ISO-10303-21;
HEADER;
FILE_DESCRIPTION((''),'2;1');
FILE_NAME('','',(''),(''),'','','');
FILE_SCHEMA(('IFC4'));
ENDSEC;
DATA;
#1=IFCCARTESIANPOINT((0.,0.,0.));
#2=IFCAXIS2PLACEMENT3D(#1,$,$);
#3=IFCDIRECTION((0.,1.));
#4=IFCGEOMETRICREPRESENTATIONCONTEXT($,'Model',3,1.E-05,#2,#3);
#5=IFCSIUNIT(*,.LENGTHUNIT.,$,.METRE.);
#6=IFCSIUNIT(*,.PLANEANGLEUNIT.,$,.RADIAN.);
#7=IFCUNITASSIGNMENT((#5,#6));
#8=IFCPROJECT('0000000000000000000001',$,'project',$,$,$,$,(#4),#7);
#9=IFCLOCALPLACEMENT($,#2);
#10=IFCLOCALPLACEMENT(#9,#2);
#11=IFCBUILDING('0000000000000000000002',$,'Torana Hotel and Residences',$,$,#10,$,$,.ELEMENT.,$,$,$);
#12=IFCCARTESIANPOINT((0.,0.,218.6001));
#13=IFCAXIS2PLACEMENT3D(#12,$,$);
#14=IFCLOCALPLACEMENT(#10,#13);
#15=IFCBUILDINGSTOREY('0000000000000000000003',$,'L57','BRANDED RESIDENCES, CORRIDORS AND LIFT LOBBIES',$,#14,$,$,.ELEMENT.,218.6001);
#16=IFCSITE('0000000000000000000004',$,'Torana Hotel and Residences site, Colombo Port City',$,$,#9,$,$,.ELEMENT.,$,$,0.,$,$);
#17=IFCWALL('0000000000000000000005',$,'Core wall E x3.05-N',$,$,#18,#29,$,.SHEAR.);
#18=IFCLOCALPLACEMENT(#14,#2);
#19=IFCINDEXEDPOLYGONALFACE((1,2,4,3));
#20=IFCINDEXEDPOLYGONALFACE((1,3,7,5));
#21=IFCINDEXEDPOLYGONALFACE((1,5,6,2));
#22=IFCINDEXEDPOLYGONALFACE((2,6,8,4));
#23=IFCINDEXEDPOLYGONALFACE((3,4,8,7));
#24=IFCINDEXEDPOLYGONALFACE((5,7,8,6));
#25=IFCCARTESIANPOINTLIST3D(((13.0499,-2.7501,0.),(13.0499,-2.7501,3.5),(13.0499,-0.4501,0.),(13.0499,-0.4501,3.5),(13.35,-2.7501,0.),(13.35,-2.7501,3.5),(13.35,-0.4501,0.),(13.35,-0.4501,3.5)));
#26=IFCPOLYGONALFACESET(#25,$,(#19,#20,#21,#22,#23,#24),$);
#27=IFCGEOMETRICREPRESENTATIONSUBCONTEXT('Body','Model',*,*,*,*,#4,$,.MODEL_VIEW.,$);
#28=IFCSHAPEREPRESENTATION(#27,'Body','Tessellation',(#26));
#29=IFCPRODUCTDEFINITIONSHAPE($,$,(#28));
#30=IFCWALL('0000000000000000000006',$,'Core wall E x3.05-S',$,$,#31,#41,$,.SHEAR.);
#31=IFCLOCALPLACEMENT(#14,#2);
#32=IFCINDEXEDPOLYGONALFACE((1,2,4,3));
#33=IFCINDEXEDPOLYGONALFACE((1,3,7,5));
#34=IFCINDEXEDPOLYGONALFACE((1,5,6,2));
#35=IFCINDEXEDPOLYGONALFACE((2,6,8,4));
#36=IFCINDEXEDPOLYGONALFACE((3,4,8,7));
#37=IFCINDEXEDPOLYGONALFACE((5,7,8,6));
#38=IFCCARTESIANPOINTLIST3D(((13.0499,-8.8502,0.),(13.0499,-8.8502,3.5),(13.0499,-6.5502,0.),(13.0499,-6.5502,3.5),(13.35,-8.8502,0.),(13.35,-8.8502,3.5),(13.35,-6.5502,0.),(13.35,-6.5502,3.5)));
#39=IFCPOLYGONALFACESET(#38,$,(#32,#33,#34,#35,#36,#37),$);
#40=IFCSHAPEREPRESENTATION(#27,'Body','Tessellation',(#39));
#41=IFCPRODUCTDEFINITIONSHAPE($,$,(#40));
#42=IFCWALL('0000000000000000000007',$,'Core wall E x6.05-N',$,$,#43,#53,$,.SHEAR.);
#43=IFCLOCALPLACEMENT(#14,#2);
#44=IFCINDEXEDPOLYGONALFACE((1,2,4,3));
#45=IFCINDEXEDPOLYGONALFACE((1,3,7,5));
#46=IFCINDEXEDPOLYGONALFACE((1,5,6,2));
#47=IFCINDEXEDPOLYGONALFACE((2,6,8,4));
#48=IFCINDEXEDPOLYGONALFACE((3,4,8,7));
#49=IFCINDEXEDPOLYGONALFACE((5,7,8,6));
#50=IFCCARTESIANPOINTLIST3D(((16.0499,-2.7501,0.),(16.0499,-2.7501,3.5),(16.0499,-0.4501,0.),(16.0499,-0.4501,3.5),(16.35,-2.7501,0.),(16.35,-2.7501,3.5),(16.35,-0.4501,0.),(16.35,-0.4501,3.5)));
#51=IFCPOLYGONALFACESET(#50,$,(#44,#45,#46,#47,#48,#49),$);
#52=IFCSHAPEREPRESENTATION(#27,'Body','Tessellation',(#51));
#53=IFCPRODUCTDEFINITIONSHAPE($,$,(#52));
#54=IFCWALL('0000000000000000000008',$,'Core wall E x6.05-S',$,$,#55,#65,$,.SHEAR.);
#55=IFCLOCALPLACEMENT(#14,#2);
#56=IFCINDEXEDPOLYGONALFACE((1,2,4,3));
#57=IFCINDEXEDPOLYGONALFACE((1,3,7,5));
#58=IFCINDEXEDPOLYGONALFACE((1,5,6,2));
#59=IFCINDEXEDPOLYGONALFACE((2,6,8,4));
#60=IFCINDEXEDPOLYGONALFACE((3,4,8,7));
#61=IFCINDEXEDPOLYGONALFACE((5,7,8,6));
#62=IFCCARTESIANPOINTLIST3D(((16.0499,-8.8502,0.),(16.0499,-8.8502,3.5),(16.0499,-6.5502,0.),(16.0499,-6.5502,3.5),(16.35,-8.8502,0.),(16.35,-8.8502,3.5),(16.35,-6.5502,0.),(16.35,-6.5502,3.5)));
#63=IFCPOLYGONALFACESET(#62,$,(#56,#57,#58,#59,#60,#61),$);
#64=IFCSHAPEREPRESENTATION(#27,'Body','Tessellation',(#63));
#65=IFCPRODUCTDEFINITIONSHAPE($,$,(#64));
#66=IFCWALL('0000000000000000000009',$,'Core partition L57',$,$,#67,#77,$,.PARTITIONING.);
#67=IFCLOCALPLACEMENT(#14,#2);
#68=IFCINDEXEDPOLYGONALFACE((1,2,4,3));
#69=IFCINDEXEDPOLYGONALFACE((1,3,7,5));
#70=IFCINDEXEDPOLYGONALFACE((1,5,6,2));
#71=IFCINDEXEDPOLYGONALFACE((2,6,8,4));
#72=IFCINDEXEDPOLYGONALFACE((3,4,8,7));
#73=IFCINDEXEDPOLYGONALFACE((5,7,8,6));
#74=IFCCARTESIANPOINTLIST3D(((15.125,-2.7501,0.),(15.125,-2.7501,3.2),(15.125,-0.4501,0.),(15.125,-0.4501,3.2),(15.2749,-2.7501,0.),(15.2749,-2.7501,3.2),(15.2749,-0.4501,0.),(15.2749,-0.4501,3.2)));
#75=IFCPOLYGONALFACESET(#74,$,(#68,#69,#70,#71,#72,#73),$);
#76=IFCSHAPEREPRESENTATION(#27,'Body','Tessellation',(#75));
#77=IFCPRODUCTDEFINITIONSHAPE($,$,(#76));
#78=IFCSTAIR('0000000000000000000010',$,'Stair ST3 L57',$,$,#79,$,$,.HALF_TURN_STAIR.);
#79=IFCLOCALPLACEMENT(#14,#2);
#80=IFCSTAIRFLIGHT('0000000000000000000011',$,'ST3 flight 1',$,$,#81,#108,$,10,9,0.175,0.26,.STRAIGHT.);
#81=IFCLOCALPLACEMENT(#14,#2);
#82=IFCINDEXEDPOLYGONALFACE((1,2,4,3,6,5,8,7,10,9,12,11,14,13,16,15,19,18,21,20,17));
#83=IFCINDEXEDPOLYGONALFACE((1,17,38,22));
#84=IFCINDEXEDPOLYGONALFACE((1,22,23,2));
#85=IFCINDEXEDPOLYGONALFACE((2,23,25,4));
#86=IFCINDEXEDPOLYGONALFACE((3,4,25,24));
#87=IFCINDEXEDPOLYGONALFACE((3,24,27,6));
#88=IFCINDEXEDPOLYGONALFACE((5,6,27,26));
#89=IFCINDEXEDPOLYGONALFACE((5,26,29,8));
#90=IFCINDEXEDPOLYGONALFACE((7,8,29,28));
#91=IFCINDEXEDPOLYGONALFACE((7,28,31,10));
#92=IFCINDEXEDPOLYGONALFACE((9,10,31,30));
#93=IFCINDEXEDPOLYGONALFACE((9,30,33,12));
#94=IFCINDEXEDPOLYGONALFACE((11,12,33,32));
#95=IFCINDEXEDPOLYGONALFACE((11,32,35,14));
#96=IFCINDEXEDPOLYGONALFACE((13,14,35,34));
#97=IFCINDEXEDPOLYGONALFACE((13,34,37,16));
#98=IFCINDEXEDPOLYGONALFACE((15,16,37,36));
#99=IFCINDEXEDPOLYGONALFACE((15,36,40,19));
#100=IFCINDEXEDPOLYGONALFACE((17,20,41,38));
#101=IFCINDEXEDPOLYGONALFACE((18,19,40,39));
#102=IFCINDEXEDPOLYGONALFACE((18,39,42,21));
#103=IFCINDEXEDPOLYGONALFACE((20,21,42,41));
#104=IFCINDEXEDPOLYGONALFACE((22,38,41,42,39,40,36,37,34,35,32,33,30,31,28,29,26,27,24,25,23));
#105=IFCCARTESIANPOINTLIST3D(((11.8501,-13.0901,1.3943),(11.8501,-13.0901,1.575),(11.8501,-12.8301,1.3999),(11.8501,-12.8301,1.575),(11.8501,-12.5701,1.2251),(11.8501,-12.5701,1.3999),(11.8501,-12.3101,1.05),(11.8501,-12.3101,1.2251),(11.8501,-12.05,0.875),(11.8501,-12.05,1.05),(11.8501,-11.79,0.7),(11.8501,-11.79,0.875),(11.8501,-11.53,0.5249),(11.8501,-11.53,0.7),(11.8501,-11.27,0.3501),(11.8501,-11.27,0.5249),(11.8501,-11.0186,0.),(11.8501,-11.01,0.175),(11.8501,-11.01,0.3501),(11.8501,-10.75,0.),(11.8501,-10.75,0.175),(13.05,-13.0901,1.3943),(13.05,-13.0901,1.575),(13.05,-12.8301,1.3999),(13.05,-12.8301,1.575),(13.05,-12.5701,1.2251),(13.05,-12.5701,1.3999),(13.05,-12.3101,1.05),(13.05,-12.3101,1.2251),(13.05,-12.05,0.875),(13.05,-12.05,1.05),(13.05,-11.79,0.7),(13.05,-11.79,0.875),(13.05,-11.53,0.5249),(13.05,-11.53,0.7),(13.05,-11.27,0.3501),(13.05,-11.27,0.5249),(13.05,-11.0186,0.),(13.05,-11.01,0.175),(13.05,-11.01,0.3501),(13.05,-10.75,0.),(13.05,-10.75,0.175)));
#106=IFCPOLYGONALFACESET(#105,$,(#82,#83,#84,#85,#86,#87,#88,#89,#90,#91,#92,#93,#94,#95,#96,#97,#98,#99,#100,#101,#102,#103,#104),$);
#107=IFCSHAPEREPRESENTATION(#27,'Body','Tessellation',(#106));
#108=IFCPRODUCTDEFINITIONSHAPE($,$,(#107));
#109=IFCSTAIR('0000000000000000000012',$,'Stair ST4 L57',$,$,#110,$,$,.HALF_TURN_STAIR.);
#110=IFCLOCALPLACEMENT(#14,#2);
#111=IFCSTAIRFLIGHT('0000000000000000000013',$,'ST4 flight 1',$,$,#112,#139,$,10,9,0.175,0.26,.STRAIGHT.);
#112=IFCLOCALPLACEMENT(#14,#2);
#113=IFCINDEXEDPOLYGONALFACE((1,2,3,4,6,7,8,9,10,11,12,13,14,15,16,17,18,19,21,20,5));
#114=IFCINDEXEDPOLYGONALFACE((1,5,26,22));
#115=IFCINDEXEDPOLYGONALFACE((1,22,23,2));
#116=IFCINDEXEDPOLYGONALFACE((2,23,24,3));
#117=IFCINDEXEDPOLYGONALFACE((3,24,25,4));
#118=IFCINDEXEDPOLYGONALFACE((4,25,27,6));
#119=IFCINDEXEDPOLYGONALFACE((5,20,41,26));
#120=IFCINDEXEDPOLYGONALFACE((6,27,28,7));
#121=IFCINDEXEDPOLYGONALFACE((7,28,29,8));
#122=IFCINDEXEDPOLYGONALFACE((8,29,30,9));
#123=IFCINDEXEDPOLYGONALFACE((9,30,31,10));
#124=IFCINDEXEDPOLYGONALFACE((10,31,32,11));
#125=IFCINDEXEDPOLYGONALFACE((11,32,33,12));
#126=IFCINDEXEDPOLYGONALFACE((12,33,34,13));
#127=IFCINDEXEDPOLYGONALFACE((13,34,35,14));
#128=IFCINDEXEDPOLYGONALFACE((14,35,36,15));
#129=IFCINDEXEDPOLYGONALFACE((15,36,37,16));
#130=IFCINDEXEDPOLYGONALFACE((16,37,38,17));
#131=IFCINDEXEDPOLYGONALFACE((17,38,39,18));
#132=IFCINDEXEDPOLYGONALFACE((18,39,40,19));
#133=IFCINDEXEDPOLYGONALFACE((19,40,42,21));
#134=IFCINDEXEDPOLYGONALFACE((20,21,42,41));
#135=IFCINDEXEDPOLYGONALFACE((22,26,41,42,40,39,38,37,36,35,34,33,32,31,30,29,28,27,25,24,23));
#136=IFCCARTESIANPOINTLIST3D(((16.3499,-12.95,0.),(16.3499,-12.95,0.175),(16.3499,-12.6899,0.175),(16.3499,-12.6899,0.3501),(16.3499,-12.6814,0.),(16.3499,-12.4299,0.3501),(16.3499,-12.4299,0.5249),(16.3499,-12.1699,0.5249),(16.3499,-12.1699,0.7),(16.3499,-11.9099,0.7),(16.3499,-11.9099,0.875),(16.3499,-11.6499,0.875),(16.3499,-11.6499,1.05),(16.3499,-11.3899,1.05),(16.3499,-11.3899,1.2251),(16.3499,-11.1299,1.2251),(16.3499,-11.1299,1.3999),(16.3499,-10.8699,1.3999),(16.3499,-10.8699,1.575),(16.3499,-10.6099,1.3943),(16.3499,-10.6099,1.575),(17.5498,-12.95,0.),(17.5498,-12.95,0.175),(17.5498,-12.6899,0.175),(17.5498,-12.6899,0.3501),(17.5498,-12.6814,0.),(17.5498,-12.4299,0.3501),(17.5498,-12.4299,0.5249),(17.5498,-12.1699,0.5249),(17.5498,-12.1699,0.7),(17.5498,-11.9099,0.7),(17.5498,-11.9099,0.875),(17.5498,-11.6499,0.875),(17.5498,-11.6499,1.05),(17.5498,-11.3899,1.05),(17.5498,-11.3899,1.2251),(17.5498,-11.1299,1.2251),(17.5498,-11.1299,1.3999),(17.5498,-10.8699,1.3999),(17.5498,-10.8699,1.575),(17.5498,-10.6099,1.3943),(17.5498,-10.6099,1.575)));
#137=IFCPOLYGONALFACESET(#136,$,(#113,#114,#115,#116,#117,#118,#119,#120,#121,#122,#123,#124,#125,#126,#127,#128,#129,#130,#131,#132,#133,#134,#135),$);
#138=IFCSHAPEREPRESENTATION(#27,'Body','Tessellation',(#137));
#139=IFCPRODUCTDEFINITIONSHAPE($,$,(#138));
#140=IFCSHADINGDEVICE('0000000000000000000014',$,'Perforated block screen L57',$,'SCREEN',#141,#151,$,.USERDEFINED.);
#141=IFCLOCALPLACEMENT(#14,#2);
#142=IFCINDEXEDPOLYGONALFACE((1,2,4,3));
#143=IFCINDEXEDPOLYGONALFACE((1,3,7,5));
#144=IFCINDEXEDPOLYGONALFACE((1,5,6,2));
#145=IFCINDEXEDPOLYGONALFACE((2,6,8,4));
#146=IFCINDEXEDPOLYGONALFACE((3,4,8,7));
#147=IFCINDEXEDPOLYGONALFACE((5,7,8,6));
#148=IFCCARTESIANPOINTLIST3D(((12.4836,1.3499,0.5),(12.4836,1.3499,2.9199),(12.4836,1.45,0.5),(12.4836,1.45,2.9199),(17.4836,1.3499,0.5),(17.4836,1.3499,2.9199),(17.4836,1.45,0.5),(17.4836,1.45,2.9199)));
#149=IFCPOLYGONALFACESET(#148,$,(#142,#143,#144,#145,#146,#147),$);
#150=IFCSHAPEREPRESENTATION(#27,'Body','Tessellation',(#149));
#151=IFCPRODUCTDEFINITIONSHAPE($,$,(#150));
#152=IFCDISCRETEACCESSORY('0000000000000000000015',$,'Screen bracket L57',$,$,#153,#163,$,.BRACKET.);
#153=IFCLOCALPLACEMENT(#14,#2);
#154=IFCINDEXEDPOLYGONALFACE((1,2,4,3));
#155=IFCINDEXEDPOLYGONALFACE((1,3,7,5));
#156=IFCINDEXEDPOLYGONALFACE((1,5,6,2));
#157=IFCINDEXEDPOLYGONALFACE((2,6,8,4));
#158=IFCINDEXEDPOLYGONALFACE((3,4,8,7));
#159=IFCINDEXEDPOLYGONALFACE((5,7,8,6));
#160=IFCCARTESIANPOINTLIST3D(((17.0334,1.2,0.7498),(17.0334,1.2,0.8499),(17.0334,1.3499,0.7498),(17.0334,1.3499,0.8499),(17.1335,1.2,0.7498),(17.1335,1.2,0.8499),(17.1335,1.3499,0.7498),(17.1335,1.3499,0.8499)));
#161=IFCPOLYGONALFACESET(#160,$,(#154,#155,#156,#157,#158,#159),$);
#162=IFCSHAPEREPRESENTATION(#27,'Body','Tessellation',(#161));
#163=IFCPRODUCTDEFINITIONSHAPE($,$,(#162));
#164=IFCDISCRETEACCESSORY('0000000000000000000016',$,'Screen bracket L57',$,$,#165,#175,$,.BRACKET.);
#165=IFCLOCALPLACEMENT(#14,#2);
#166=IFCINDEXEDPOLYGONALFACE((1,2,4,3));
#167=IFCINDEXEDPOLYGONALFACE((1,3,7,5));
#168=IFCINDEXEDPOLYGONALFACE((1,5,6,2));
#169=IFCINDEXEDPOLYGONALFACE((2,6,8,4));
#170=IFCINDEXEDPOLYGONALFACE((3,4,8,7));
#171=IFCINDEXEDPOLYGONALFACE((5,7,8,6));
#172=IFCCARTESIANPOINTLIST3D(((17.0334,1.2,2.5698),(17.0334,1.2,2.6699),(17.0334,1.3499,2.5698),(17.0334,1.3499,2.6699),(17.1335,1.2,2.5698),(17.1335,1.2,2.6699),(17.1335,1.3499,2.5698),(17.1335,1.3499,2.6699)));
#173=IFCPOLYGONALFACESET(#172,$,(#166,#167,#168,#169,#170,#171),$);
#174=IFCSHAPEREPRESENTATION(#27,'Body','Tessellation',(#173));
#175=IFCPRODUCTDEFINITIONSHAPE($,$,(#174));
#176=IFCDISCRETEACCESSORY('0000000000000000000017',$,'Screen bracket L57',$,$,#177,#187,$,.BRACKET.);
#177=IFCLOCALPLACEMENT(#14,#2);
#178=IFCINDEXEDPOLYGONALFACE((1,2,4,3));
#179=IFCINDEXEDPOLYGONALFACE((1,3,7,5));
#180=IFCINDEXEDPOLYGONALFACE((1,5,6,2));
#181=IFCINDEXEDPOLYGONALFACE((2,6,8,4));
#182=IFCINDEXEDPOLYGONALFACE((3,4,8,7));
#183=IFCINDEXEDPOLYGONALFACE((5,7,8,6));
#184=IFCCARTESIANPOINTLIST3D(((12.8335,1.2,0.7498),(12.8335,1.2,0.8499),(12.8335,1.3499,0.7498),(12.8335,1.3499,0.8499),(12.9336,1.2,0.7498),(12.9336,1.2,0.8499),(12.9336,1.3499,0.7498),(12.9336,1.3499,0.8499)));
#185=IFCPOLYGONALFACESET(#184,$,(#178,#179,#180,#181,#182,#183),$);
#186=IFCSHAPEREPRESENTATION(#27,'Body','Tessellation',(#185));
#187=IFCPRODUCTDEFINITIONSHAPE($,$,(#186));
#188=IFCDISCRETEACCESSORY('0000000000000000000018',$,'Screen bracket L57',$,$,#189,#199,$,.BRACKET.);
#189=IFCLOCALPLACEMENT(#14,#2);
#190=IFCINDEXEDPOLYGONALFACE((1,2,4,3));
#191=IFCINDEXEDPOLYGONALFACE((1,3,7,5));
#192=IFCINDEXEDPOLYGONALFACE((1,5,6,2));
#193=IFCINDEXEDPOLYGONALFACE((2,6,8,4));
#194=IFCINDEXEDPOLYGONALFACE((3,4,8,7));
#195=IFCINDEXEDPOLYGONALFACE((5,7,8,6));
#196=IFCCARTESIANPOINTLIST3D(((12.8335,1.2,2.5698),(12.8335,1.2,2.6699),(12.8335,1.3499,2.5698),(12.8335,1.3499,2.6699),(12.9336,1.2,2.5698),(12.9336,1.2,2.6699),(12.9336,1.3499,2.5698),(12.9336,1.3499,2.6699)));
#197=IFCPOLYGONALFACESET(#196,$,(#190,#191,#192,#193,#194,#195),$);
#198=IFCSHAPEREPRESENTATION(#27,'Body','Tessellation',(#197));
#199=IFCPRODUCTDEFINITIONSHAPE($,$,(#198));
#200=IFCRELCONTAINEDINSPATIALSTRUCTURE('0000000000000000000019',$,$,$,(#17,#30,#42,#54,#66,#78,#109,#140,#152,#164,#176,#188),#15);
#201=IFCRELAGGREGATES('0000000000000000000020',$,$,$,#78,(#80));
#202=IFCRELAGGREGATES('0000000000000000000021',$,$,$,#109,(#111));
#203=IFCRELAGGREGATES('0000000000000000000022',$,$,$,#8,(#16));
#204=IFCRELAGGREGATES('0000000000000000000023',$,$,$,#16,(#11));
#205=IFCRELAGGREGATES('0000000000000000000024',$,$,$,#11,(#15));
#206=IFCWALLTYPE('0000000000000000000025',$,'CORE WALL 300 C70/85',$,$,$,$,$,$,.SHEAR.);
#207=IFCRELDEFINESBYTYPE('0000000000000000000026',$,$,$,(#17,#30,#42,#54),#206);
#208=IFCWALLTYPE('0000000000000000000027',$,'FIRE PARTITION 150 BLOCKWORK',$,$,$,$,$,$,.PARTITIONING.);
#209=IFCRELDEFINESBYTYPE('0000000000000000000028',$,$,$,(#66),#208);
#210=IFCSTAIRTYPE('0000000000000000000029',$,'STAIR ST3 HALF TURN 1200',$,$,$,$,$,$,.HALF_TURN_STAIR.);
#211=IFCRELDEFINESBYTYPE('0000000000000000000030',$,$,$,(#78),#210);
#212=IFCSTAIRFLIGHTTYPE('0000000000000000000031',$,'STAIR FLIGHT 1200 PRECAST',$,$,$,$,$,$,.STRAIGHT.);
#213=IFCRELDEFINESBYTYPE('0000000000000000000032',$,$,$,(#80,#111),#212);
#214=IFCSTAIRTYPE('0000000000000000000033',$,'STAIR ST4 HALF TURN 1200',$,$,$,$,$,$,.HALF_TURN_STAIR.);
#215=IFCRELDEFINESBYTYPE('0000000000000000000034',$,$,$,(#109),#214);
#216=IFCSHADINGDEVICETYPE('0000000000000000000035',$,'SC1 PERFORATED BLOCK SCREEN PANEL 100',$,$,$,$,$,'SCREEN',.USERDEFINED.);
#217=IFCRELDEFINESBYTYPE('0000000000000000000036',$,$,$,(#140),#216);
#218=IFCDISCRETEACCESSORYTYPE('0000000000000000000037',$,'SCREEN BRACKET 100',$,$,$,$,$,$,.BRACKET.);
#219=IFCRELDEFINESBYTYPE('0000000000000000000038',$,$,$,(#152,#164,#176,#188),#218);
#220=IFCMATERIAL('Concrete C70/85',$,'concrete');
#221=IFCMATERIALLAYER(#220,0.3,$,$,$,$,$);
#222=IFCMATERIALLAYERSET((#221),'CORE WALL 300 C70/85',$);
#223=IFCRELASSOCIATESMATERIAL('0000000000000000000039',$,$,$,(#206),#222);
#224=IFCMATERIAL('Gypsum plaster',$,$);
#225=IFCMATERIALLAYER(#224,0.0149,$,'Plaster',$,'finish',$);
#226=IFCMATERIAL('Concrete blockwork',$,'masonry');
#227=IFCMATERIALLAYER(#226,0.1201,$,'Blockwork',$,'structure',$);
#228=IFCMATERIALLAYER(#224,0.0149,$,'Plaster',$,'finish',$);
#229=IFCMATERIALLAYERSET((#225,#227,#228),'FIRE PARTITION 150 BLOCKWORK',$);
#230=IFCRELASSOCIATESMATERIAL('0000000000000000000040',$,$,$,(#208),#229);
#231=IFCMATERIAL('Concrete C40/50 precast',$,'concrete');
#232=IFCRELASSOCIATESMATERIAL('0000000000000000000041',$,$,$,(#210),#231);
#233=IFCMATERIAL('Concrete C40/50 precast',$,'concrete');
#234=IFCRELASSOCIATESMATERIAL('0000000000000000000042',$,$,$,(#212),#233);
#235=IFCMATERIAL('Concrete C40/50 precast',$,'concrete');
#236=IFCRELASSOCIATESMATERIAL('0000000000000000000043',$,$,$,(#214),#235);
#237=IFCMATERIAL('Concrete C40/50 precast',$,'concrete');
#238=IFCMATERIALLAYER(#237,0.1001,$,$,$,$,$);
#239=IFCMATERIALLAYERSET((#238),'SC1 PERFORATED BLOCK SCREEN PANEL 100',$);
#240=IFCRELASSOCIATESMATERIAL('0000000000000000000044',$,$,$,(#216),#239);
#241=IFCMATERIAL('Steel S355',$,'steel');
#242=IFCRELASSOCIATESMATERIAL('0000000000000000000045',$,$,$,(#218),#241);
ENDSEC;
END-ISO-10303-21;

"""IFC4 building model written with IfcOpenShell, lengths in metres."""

from ifc_helpers import new_model, si_unit, direction, frame, frame_2d, origin, origin_2d, place, context, subcontext, project, spatial, polyline, rectangle, outline, extrude, material, layer, layer_set, type_object, element, aggregate, save


model = new_model("IFC4")

# Units and contexts
model_context = context("Model", 3, precision=1e-05, world=origin(), true_north=direction((0.0, 1.0)))
body_context = subcontext(model_context, "Body", "Model", "MODEL_VIEW")
ifc_project = project(units=[si_unit("LENGTHUNIT", "METRE"), si_unit("PLANEANGLEUNIT", "RADIAN")], contexts=[model_context])

# Site, building, storey
site_placement = place(None, origin())
site = spatial("IfcSite", under=ifc_project, at=site_placement, Name="Torana Hotel and Residences site, Colombo Port City", CompositionType="ELEMENT", RefElevation=0.0)
building_placement = place(site_placement, origin())
building = spatial("IfcBuilding", under=site, at=building_placement, Name="Torana Hotel and Residences", CompositionType="ELEMENT")
storey_placement = place(building_placement, frame((0.0, 0.0, 218.6001)))
storey = spatial("IfcBuildingStorey", under=building, at=storey_placement, Name="L57", Description="BRANDED RESIDENCES, CORRIDORS AND LIFT LOBBIES", CompositionType="ELEMENT", Elevation=218.6001)

# Walls
ifc_material_1 = material(Name="Concrete C70/85", Category="concrete")
ifc_layer_1 = layer(ifc_material_1, 0.3)
ifc_layer_set_1 = layer_set([ifc_layer_1], Name="CORE WALL 300 C70/85")
wall_type_1 = type_object("IfcWallType", Name="CORE WALL 300 C70/85", PredefinedType="SHEAR", material=ifc_layer_set_1)
for number, where, z_axis, x_axis, name in (
    (1, (13.2, -2.75, 0.0), (0.0, 0.0, 1.0), (0.0, 1.0, 0.0), "Core wall E x3.05-N"),
    (2, (13.2, -8.8501, 0.0), (0.0, 0.0, 1.0), (0.0, 1.0, 0.0), "Core wall E x3.05-S"),
    (3, (16.2, -2.75, 0.0), (0.0, 0.0, 1.0), (0.0, 1.0, 0.0), "Core wall E x6.05-N"),
    (4, (16.2, -8.8501, 0.0), (0.0, 0.0, 1.0), (0.0, 1.0, 0.0), "Core wall E x6.05-S"),
):
    element("IfcWall", number, at=place(storey_placement, frame(where, z_axis=z_axis, x_axis=x_axis)), inside=storey, type_object=wall_type_1, Name=name, PredefinedType="SHEAR", context=body_context, shape_type="SweptSolid", body=[
        extrude(rectangle(XDim=2.3, YDim=0.3, at=frame_2d((1.1499, 0.0))), origin(), (0.0, 0.0, 1.0), 3.5),
    ])
ifc_material_2 = material(Name="Gypsum plaster")
ifc_layer_2 = layer(ifc_material_2, 0.0149, Name="Plaster", Category="finish")
ifc_material_3 = material(Name="Concrete blockwork", Category="masonry")
ifc_layer_3 = layer(ifc_material_3, 0.1201, Name="Blockwork", Category="structure")
ifc_layer_4 = layer(ifc_material_2, 0.0149, Name="Plaster", Category="finish")
ifc_layer_set_2 = layer_set([ifc_layer_2, ifc_layer_3, ifc_layer_4], Name="FIRE PARTITION 150 BLOCKWORK")
wall_type_2 = type_object("IfcWallType", Name="FIRE PARTITION 150 BLOCKWORK", PredefinedType="PARTITIONING", material=ifc_layer_set_2)
wall_placement = place(storey_placement, frame((15.2, -2.75, 0.0), z_axis=(0.0, 0.0, 1.0), x_axis=(0.0, 1.0, 0.0)))
element("IfcWall", 5, at=wall_placement, inside=storey, type_object=wall_type_2, Name="Core partition L57", PredefinedType="PARTITIONING", context=body_context, shape_type="SweptSolid", body=[
    extrude(rectangle(XDim=2.3, YDim=0.1499, at=frame_2d((1.1499, 0.0))), origin(), (0.0, 0.0, 1.0), 3.2),
])

# Stairs, stair flights
ifc_material_4 = material(Name="Concrete C40/50 precast", Category="concrete")
stair_type_1 = type_object("IfcStairType", Name="STAIR ST3 HALF TURN 1200", PredefinedType="HALF_TURN_STAIR", material=ifc_material_4)
stair_1_placement = place(storey_placement, origin())
stair_1 = element("IfcStair", 6, at=stair_1_placement, inside=storey, type_object=stair_type_1, Name="Stair ST3 L57", PredefinedType="HALF_TURN_STAIR")
ifc_material_5 = material(Name="Concrete C40/50 precast", Category="concrete")
stair_flight_type = type_object("IfcStairFlightType", Name="STAIR FLIGHT 1200 PRECAST", PredefinedType="STRAIGHT", material=ifc_material_5)
stair_flight_1_placement = place(storey_placement, frame((12.45, -10.75, 0.0), z_axis=(0.0, 0.0, 1.0), x_axis=(0.0, -1.0, 0.0)))
stair_flight_1 = element("IfcStairFlight", 7, at=stair_flight_1_placement, type_object=stair_flight_type, Name="ST3 flight 1", NumberOfRisers=10, NumberOfTreads=9, PredefinedType="STRAIGHT", RiserHeight=0.175, TreadLength=0.26, context=body_context, shape_type="SweptSolid", body=[
    extrude(outline(polyline([(0.0, 0.0), (0.0, 0.175), (0.26, 0.175), (0.26, 0.3501), (0.52, 0.3501), (0.52, 0.5249), (0.78, 0.5249), (0.78, 0.7), (1.04, 0.7), (1.04, 0.875), (1.3, 0.875), (1.3, 1.05), (1.5601, 1.05), (1.5601, 1.2251), (1.8201, 1.2251), (1.8201, 1.3999), (2.0801, 1.3999), (2.0801, 1.575), (2.3401, 1.575), (2.3401, 1.75), (2.3401, 1.3943), (0.2686, 0.0), (0.0, 0.0)])), frame((0.0, 0.6001, 0.0), z_axis=(0.0, -1.0, 0.0), x_axis=(1.0, 0.0, 0.0)), (0.0, 0.0, 1.0), 1.2),
])
aggregate(stair_1, [stair_flight_1])
ifc_material_6 = material(Name="Concrete C40/50 precast", Category="concrete")
stair_type_2 = type_object("IfcStairType", Name="STAIR ST4 HALF TURN 1200", PredefinedType="HALF_TURN_STAIR", material=ifc_material_6)
stair_2_placement = place(storey_placement, origin())
stair_2 = element("IfcStair", 8, at=stair_2_placement, inside=storey, type_object=stair_type_2, Name="Stair ST4 L57", PredefinedType="HALF_TURN_STAIR")
stair_flight_2_placement = place(storey_placement, frame((16.95, -12.95, 0.0), z_axis=(0.0, 0.0, 1.0), x_axis=(0.0, 1.0, 0.0)))
stair_flight_2 = element("IfcStairFlight", 9, at=stair_flight_2_placement, type_object=stair_flight_type, Name="ST4 flight 1", NumberOfRisers=10, NumberOfTreads=9, PredefinedType="STRAIGHT", RiserHeight=0.175, TreadLength=0.26, context=body_context, shape_type="SweptSolid", body=[
    extrude(outline(polyline([(0.0, 0.0), (0.0, 0.175), (0.26, 0.175), (0.26, 0.3501), (0.52, 0.3501), (0.52, 0.5249), (0.78, 0.5249), (0.78, 0.7), (1.04, 0.7), (1.04, 0.875), (1.3, 0.875), (1.3, 1.05), (1.5601, 1.05), (1.5601, 1.2251), (1.8201, 1.2251), (1.8201, 1.3999), (2.0801, 1.3999), (2.0801, 1.575), (2.3401, 1.575), (2.3401, 1.75), (2.3401, 1.3943), (0.2686, 0.0), (0.0, 0.0)])), frame((0.0, 0.6001, 0.0), z_axis=(0.0, -1.0, 0.0), x_axis=(1.0, 0.0, 0.0)), (0.0, 0.0, 1.0), 1.2),
])
aggregate(stair_2, [stair_flight_2])

# Shading device
ifc_material_7 = material(Name="Concrete C40/50 precast", Category="concrete")
ifc_layer_5 = layer(ifc_material_7, 0.1001)
ifc_layer_set_3 = layer_set([ifc_layer_5], Name="SC1 PERFORATED BLOCK SCREEN PANEL 100")
shading_device_type = type_object("IfcShadingDeviceType", Name="SC1 PERFORATED BLOCK SCREEN PANEL 100", ElementType="SCREEN", PredefinedType="USERDEFINED", material=ifc_layer_set_3)
shading_device_placement = place(storey_placement, frame((14.9836, 1.3999, 0.5), z_axis=(0.0, 0.0, 1.0), x_axis=(-1.0, 0.0, 0.0)))
element("IfcShadingDevice", 10, at=shading_device_placement, inside=storey, type_object=shading_device_type, Name="Perforated block screen L57", ObjectType="SCREEN", PredefinedType="USERDEFINED", context=body_context, shape_type="SweptSolid", body=[
    extrude(rectangle(XDim=5.0, YDim=0.1001, at=origin_2d()), origin(), (0.0, 0.0, 1.0), 2.4199),
])

# Discrete accessories
ifc_material_8 = material(Name="Steel S355", Category="steel")
discrete_accessory_type = type_object("IfcDiscreteAccessoryType", Name="SCREEN BRACKET 100", PredefinedType="BRACKET", material=ifc_material_8)
for number, where, z_axis, x_axis, name in (
    (11, (17.0835, 1.2749, 0.7498), (0.0, 0.0, 1.0), (-1.0, 0.0, 0.0), "Screen bracket L57"),
    (12, (17.0835, 1.2749, 2.5698), (0.0, 0.0, 1.0), (-1.0, 0.0, 0.0), "Screen bracket L57"),
    (13, (12.8835, 1.2749, 0.7498), (0.0, 0.0, 1.0), (-1.0, 0.0, 0.0), "Screen bracket L57"),
    (14, (12.8835, 1.2749, 2.5698), (0.0, 0.0, 1.0), (-1.0, 0.0, 0.0), "Screen bracket L57"),
):
    element("IfcDiscreteAccessory", number, at=place(storey_placement, frame(where, z_axis=z_axis, x_axis=x_axis)), inside=storey, type_object=discrete_accessory_type, Name=name, PredefinedType="BRACKET", context=body_context, shape_type="SweptSolid", body=[
        extrude(rectangle(XDim=0.1001, YDim=0.1499, at=origin_2d()), origin(), (0.0, 0.0, 1.0), 0.1001),
    ])

save(model, "model.ifc")
